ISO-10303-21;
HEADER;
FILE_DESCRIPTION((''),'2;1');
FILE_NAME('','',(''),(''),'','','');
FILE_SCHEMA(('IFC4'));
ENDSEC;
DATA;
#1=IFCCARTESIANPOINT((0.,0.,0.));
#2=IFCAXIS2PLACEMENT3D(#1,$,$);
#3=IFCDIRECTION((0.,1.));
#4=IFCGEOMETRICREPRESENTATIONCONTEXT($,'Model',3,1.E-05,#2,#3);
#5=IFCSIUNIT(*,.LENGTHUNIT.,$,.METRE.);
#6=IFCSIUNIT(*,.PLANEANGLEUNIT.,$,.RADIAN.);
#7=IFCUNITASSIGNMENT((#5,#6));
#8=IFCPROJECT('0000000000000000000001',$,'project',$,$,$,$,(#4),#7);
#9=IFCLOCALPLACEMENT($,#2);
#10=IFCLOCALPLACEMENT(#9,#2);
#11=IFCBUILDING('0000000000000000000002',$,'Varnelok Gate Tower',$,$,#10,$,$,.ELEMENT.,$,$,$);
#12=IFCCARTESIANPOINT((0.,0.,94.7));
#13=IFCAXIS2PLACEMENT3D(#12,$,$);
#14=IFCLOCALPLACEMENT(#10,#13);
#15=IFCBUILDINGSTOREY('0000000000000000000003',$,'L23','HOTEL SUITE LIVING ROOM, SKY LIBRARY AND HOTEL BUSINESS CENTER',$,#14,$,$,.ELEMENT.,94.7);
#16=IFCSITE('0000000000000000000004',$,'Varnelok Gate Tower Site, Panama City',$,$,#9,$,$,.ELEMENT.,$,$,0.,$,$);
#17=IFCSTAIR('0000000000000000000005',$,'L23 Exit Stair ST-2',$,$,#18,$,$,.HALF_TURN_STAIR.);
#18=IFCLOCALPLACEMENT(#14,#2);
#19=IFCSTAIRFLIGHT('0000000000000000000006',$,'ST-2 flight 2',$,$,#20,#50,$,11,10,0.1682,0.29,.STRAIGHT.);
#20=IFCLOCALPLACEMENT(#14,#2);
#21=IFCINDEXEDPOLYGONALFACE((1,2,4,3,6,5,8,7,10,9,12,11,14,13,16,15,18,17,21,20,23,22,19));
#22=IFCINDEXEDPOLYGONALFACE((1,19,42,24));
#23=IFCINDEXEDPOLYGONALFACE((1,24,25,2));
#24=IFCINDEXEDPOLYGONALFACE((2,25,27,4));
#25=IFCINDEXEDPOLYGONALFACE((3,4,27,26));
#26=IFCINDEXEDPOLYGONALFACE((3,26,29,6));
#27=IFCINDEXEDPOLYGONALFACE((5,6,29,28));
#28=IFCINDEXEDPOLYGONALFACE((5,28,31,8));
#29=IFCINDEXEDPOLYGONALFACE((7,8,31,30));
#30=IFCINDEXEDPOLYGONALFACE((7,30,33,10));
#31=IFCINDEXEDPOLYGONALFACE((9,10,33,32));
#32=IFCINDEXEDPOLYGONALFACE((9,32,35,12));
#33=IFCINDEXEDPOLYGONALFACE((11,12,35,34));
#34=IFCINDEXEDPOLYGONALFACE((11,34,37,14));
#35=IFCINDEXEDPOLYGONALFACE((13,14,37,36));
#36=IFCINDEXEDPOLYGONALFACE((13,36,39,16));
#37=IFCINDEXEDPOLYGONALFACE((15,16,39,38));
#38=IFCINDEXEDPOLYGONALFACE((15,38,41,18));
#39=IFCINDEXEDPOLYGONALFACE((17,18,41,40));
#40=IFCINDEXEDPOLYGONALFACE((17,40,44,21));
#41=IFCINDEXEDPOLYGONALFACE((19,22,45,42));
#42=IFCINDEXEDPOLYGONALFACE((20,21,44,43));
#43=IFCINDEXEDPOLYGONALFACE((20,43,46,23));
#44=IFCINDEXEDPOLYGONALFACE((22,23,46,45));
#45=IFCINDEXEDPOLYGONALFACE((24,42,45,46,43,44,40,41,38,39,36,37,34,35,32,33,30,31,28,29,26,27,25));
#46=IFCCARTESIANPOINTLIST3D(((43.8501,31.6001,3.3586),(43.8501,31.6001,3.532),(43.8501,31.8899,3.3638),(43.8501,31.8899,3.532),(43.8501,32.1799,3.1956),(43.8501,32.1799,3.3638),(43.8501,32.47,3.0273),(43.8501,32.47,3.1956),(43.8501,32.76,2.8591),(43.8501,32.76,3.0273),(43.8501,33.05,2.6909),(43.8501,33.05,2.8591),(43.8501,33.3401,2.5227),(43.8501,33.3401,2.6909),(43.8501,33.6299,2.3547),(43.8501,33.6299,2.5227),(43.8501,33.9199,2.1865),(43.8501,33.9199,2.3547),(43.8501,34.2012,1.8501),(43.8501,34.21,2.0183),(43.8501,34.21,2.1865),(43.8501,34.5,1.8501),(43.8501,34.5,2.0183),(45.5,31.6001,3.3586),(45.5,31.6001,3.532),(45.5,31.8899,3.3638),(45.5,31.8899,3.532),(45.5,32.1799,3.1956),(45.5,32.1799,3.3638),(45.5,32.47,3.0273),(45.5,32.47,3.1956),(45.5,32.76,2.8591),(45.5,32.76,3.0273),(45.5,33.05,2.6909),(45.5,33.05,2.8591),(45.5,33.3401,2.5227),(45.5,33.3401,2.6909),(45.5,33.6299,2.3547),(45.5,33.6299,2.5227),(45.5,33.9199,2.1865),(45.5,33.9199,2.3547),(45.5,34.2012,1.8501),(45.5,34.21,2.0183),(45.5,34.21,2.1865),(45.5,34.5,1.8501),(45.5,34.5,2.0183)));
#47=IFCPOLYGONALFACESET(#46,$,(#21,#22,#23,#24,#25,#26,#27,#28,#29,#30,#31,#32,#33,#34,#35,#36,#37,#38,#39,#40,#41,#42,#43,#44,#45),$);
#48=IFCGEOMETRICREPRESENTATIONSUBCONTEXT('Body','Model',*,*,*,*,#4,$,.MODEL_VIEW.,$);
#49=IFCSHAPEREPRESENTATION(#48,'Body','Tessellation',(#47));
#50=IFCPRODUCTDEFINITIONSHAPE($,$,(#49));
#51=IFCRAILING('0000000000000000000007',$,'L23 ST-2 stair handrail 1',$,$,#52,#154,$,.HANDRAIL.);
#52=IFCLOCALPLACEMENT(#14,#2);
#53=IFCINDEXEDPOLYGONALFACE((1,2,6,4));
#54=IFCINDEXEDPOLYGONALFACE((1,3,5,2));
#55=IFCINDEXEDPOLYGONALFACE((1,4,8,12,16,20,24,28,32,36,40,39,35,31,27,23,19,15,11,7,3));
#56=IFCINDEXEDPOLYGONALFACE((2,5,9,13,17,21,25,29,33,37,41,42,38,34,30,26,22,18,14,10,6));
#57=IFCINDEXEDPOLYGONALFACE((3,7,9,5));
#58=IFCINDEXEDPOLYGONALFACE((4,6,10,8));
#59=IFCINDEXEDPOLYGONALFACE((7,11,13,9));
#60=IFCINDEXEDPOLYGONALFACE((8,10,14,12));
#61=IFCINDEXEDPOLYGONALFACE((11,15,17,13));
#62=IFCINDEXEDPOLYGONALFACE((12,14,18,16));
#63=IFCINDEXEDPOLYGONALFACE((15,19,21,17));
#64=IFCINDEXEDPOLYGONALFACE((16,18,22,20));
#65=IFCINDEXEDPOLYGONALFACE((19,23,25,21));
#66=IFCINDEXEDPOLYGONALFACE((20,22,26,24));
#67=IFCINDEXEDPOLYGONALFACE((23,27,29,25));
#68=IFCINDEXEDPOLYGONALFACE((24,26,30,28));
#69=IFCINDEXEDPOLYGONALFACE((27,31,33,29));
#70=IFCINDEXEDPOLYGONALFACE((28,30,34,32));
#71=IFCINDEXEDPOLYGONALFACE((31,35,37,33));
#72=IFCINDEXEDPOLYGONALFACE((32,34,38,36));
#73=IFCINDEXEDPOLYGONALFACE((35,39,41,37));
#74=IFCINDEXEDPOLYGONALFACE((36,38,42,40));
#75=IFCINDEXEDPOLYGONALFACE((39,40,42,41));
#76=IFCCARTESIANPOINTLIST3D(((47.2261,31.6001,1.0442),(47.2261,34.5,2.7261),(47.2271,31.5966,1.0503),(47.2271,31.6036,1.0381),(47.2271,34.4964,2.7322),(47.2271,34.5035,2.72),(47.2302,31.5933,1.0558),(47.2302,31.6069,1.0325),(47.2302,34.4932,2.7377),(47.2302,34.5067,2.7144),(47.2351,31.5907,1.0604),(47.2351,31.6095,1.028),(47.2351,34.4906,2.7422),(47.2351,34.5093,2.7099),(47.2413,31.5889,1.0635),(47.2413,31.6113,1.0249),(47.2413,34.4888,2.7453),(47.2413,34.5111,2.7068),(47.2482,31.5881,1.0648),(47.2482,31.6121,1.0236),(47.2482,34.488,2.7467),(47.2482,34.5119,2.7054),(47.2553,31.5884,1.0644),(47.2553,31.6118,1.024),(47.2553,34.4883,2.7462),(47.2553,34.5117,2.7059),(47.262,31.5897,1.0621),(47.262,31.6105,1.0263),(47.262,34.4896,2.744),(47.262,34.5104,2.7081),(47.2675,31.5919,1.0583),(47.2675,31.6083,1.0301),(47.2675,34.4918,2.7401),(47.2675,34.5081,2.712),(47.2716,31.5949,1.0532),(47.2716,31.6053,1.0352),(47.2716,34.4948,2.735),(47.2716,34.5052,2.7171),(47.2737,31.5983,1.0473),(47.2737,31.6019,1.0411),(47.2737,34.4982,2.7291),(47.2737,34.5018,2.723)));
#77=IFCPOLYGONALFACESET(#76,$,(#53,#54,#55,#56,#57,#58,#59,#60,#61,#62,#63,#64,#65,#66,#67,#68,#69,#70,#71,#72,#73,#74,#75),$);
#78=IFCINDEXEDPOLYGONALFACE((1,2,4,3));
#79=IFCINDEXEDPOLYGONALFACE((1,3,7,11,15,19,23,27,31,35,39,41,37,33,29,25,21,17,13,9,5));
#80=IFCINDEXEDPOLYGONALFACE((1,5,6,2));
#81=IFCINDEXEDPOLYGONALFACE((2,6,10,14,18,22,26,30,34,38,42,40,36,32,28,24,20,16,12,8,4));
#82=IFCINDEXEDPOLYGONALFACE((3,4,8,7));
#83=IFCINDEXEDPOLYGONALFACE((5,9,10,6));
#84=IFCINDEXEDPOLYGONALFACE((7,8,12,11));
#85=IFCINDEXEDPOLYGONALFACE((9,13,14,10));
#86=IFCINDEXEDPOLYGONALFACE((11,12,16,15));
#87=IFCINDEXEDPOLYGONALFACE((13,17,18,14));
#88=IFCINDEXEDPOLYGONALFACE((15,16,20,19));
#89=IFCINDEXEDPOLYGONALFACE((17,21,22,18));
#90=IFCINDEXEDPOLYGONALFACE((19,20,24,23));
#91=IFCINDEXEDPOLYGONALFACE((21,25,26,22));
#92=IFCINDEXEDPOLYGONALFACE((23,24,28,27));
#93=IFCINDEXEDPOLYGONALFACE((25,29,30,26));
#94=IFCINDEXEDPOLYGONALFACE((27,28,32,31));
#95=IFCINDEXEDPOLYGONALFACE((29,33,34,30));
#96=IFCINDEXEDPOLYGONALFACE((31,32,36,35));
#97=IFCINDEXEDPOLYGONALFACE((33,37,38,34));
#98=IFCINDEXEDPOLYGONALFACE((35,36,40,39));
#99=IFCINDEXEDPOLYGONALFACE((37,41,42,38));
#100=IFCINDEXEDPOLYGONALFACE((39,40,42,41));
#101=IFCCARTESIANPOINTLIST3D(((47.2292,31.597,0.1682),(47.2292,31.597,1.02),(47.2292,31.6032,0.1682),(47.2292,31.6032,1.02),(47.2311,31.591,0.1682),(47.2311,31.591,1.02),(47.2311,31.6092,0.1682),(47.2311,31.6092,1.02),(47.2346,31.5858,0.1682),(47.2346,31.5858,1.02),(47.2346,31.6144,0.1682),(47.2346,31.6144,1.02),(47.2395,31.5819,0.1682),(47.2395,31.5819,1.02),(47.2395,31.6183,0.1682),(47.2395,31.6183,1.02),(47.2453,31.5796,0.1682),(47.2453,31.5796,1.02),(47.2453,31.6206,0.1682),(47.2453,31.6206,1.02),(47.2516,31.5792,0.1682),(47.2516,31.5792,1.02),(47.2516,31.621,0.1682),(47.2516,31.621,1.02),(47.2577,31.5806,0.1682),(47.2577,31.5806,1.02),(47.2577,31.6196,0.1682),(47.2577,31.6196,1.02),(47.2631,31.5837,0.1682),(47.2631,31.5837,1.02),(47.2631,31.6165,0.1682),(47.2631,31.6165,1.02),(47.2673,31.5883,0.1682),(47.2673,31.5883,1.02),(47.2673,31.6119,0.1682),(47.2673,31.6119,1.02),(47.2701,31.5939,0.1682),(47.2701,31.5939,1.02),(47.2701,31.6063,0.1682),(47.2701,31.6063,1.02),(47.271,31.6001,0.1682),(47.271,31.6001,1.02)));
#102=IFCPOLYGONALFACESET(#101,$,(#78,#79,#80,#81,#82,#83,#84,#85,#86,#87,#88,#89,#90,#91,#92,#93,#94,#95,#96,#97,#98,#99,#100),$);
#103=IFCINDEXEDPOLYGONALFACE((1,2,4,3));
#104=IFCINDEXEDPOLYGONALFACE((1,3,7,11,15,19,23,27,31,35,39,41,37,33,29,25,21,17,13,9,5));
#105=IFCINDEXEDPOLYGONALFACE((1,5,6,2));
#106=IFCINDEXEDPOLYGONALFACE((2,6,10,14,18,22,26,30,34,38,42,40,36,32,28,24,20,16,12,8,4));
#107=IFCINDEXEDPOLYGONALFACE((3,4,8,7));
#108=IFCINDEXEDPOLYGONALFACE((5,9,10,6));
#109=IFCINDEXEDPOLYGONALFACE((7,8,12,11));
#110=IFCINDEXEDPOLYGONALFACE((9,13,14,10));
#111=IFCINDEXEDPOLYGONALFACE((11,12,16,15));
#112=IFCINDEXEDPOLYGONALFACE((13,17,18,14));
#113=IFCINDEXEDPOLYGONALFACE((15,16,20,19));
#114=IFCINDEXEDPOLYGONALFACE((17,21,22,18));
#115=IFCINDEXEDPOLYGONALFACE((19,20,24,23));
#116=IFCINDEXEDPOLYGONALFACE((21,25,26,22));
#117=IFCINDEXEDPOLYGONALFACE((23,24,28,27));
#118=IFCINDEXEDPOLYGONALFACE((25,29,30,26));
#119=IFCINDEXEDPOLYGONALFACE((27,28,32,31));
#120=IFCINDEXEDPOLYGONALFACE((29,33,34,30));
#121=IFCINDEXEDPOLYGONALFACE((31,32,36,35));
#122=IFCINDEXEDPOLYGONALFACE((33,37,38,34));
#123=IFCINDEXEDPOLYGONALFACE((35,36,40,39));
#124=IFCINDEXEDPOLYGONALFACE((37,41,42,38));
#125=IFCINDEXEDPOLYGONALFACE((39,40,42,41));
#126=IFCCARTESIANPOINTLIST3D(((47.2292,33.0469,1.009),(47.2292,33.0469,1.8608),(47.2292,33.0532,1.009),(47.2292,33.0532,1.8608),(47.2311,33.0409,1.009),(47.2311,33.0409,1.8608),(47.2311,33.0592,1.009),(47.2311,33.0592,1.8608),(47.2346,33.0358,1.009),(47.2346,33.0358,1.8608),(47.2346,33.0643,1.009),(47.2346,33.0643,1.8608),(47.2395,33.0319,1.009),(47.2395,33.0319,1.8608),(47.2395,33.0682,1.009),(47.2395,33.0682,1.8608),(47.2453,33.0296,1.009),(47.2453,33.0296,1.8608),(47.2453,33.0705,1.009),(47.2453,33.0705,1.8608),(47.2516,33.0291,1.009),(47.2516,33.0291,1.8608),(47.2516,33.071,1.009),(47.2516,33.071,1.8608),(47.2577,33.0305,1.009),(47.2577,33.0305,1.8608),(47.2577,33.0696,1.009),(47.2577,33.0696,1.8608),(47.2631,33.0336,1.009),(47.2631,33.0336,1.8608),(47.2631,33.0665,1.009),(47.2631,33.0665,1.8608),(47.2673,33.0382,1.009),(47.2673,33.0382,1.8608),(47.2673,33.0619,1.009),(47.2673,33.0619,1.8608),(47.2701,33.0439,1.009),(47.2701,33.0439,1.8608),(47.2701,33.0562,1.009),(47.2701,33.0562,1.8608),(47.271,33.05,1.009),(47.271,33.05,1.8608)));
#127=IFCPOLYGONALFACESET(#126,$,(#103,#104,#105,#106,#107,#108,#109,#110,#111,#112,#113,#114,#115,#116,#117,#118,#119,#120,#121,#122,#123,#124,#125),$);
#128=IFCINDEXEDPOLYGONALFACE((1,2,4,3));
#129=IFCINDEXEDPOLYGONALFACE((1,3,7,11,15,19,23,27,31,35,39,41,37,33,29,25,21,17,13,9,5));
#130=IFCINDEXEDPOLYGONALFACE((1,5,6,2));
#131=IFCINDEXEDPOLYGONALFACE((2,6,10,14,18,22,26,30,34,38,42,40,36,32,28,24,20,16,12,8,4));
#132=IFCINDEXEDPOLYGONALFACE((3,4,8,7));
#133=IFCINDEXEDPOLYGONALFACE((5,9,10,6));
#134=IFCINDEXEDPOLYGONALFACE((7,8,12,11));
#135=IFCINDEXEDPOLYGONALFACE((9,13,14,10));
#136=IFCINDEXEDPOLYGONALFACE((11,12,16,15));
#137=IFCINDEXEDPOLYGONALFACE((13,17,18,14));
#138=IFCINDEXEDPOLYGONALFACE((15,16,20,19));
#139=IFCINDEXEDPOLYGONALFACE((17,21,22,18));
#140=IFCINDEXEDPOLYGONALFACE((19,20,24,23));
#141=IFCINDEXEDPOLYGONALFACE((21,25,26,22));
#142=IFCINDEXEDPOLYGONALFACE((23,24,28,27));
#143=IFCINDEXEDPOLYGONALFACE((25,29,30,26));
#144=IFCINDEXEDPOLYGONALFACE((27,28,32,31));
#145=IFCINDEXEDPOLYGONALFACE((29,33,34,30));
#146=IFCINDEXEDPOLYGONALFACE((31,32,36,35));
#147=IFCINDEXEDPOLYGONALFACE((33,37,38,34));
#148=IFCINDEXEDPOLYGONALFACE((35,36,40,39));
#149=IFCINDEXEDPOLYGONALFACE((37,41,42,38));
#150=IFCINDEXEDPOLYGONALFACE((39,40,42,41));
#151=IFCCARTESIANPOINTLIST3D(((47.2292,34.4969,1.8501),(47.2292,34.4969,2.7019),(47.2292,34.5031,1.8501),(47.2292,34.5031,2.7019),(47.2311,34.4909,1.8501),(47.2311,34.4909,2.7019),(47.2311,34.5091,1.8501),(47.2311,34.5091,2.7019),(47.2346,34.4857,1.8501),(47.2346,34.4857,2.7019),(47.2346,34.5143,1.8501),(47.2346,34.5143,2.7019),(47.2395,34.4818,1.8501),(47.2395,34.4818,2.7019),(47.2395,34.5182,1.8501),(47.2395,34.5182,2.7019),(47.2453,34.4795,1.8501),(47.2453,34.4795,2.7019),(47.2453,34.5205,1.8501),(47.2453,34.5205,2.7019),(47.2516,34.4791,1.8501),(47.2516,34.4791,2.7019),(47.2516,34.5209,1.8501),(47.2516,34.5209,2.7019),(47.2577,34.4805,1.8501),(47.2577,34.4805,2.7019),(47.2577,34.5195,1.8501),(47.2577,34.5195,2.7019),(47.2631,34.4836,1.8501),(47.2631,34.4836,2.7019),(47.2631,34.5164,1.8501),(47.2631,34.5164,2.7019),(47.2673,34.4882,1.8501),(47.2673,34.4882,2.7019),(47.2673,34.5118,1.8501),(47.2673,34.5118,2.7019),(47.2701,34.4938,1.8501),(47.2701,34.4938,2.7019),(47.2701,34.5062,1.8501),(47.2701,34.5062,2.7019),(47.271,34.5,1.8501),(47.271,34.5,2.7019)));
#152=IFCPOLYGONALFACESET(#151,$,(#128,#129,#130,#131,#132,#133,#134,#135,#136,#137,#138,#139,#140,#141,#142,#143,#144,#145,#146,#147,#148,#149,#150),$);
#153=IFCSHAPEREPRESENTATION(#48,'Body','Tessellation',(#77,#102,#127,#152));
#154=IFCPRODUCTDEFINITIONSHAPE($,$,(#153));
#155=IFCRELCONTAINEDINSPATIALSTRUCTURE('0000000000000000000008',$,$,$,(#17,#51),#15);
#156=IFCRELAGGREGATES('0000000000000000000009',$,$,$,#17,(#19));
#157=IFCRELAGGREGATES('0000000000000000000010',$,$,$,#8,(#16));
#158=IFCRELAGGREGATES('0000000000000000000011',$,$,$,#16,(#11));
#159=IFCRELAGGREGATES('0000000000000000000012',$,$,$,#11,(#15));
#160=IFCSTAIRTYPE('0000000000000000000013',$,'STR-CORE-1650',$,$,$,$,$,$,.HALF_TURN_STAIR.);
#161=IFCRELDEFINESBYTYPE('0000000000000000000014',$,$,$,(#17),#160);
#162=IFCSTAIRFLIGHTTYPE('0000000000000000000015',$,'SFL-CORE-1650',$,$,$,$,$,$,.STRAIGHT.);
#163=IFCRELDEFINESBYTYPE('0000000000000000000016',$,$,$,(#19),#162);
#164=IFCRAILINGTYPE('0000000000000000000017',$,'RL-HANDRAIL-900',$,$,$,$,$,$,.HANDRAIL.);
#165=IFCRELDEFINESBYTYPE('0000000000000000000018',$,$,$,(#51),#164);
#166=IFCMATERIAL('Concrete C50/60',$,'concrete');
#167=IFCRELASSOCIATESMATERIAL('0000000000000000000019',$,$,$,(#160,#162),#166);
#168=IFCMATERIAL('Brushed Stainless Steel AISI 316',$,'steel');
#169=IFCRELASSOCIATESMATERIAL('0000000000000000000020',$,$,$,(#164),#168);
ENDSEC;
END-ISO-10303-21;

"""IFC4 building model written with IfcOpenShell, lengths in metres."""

from ifc_helpers import new_model, si_unit, direction, frame, origin, origin_2d, place, context, subcontext, project, spatial, polyline, circle, outline, extrude, material, type_object, element, aggregate, save


model = new_model("IFC4")

# Units and contexts
model_context = context("Model", 3, precision=1e-05, world=origin(), true_north=direction((0.0, 1.0)))
body_context = subcontext(model_context, "Body", "Model", "MODEL_VIEW")
ifc_project = project(units=[si_unit("LENGTHUNIT", "METRE"), si_unit("PLANEANGLEUNIT", "RADIAN")], contexts=[model_context])

# Site, building, storey
site_placement = place(None, origin())
site = spatial("IfcSite", under=ifc_project, at=site_placement, Name="Varnelok Gate Tower Site, Panama City", CompositionType="ELEMENT", RefElevation=0.0)
building_placement = place(site_placement, origin())
building = spatial("IfcBuilding", under=site, at=building_placement, Name="Varnelok Gate Tower", CompositionType="ELEMENT")
storey_placement = place(building_placement, frame((0.0, 0.0, 94.7)))
storey = spatial("IfcBuildingStorey", under=building, at=storey_placement, Name="L23", Description="HOTEL SUITE LIVING ROOM, SKY LIBRARY AND HOTEL BUSINESS CENTER", CompositionType="ELEMENT", Elevation=94.7)

# Stair, stair flight
ifc_material_1 = material(Name="Concrete C50/60", Category="concrete")
stair_type = type_object("IfcStairType", Name="STR-CORE-1650", PredefinedType="HALF_TURN_STAIR", material=ifc_material_1)
stair_placement = place(storey_placement, origin())
stair = element("IfcStair", 1, at=stair_placement, inside=storey, type_object=stair_type, Name="L23 Exit Stair ST-2", PredefinedType="HALF_TURN_STAIR")
stair_flight_type = type_object("IfcStairFlightType", Name="SFL-CORE-1650", PredefinedType="STRAIGHT", material=ifc_material_1)
stair_flight_1_placement = place(storey_placement, frame((44.675, 34.5, 1.8501), z_axis=(0.0, 0.0, 1.0), x_axis=(0.0, -1.0, 0.0)))
stair_flight_1 = element("IfcStairFlight", 2, at=stair_flight_1_placement, type_object=stair_flight_type, Name="ST-2 flight 2", NumberOfRisers=11, NumberOfTreads=10, PredefinedType="STRAIGHT", RiserHeight=0.1682, TreadLength=0.29, context=body_context, shape_type="SweptSolid", body=[
    extrude(outline(polyline([(0.0, 0.0), (0.0, 0.1682), (0.29, 0.1682), (0.29, 0.3364), (0.5801, 0.3364), (0.5801, 0.5046), (0.8701, 0.5046), (0.8701, 0.6726), (1.1599, 0.6726), (1.1599, 0.8408), (1.45, 0.8408), (1.45, 1.009), (1.74, 1.009), (1.74, 1.1772), (2.03, 1.1772), (2.03, 1.3455), (2.3201, 1.3455), (2.3201, 1.5137), (2.6101, 1.5137), (2.6101, 1.6819), (2.8999, 1.6819), (2.8999, 1.8501), (2.8999, 1.5085), (0.2988, 0.0), (0.0, 0.0)])), frame((0.0, 0.825, 0.0), z_axis=(0.0, -1.0, 0.0), x_axis=(1.0, 0.0, 0.0)), (0.0, 0.0, 1.0), 1.6499),
])
aggregate(stair, [stair_flight_1])

# Railing
ifc_material_2 = material(Name="Brushed Stainless Steel AISI 316", Category="steel")
railing_type_1 = type_object("IfcRailingType", Name="RL-HANDRAIL-900", PredefinedType="HANDRAIL", material=ifc_material_2)
railing_1_placement = place(storey_placement, frame((47.25, 31.6001, 0.1682)))
element("IfcRailing", 3, at=railing_1_placement, inside=storey, type_object=railing_type_1, Name="L23 ST-2 stair handrail 1", PredefinedType="HANDRAIL", context=body_context, shape_type="SweptSolid", body=[
    extrude(circle(Radius=0.0239, at=origin_2d()), frame((0.0, 0.0, 0.876), z_axis=(0.0, 0.865039, 0.501705), x_axis=(-1.0, 0.0, 0.0)), (0.0, 0.0, 1.0), 3.3523),
    extrude(circle(Radius=0.021, at=origin_2d()), origin(), (0.0, 0.0, 1.0), 0.8518),
    extrude(circle(Radius=0.021, at=origin_2d()), frame((0.0, 1.45, 0.8408)), (0.0, 0.0, 1.0), 0.8518),
    extrude(circle(Radius=0.021, at=origin_2d()), frame((0.0, 2.8999, 1.6819)), (0.0, 0.0, 1.0), 0.8518),
])

save(model, "model.ifc")
